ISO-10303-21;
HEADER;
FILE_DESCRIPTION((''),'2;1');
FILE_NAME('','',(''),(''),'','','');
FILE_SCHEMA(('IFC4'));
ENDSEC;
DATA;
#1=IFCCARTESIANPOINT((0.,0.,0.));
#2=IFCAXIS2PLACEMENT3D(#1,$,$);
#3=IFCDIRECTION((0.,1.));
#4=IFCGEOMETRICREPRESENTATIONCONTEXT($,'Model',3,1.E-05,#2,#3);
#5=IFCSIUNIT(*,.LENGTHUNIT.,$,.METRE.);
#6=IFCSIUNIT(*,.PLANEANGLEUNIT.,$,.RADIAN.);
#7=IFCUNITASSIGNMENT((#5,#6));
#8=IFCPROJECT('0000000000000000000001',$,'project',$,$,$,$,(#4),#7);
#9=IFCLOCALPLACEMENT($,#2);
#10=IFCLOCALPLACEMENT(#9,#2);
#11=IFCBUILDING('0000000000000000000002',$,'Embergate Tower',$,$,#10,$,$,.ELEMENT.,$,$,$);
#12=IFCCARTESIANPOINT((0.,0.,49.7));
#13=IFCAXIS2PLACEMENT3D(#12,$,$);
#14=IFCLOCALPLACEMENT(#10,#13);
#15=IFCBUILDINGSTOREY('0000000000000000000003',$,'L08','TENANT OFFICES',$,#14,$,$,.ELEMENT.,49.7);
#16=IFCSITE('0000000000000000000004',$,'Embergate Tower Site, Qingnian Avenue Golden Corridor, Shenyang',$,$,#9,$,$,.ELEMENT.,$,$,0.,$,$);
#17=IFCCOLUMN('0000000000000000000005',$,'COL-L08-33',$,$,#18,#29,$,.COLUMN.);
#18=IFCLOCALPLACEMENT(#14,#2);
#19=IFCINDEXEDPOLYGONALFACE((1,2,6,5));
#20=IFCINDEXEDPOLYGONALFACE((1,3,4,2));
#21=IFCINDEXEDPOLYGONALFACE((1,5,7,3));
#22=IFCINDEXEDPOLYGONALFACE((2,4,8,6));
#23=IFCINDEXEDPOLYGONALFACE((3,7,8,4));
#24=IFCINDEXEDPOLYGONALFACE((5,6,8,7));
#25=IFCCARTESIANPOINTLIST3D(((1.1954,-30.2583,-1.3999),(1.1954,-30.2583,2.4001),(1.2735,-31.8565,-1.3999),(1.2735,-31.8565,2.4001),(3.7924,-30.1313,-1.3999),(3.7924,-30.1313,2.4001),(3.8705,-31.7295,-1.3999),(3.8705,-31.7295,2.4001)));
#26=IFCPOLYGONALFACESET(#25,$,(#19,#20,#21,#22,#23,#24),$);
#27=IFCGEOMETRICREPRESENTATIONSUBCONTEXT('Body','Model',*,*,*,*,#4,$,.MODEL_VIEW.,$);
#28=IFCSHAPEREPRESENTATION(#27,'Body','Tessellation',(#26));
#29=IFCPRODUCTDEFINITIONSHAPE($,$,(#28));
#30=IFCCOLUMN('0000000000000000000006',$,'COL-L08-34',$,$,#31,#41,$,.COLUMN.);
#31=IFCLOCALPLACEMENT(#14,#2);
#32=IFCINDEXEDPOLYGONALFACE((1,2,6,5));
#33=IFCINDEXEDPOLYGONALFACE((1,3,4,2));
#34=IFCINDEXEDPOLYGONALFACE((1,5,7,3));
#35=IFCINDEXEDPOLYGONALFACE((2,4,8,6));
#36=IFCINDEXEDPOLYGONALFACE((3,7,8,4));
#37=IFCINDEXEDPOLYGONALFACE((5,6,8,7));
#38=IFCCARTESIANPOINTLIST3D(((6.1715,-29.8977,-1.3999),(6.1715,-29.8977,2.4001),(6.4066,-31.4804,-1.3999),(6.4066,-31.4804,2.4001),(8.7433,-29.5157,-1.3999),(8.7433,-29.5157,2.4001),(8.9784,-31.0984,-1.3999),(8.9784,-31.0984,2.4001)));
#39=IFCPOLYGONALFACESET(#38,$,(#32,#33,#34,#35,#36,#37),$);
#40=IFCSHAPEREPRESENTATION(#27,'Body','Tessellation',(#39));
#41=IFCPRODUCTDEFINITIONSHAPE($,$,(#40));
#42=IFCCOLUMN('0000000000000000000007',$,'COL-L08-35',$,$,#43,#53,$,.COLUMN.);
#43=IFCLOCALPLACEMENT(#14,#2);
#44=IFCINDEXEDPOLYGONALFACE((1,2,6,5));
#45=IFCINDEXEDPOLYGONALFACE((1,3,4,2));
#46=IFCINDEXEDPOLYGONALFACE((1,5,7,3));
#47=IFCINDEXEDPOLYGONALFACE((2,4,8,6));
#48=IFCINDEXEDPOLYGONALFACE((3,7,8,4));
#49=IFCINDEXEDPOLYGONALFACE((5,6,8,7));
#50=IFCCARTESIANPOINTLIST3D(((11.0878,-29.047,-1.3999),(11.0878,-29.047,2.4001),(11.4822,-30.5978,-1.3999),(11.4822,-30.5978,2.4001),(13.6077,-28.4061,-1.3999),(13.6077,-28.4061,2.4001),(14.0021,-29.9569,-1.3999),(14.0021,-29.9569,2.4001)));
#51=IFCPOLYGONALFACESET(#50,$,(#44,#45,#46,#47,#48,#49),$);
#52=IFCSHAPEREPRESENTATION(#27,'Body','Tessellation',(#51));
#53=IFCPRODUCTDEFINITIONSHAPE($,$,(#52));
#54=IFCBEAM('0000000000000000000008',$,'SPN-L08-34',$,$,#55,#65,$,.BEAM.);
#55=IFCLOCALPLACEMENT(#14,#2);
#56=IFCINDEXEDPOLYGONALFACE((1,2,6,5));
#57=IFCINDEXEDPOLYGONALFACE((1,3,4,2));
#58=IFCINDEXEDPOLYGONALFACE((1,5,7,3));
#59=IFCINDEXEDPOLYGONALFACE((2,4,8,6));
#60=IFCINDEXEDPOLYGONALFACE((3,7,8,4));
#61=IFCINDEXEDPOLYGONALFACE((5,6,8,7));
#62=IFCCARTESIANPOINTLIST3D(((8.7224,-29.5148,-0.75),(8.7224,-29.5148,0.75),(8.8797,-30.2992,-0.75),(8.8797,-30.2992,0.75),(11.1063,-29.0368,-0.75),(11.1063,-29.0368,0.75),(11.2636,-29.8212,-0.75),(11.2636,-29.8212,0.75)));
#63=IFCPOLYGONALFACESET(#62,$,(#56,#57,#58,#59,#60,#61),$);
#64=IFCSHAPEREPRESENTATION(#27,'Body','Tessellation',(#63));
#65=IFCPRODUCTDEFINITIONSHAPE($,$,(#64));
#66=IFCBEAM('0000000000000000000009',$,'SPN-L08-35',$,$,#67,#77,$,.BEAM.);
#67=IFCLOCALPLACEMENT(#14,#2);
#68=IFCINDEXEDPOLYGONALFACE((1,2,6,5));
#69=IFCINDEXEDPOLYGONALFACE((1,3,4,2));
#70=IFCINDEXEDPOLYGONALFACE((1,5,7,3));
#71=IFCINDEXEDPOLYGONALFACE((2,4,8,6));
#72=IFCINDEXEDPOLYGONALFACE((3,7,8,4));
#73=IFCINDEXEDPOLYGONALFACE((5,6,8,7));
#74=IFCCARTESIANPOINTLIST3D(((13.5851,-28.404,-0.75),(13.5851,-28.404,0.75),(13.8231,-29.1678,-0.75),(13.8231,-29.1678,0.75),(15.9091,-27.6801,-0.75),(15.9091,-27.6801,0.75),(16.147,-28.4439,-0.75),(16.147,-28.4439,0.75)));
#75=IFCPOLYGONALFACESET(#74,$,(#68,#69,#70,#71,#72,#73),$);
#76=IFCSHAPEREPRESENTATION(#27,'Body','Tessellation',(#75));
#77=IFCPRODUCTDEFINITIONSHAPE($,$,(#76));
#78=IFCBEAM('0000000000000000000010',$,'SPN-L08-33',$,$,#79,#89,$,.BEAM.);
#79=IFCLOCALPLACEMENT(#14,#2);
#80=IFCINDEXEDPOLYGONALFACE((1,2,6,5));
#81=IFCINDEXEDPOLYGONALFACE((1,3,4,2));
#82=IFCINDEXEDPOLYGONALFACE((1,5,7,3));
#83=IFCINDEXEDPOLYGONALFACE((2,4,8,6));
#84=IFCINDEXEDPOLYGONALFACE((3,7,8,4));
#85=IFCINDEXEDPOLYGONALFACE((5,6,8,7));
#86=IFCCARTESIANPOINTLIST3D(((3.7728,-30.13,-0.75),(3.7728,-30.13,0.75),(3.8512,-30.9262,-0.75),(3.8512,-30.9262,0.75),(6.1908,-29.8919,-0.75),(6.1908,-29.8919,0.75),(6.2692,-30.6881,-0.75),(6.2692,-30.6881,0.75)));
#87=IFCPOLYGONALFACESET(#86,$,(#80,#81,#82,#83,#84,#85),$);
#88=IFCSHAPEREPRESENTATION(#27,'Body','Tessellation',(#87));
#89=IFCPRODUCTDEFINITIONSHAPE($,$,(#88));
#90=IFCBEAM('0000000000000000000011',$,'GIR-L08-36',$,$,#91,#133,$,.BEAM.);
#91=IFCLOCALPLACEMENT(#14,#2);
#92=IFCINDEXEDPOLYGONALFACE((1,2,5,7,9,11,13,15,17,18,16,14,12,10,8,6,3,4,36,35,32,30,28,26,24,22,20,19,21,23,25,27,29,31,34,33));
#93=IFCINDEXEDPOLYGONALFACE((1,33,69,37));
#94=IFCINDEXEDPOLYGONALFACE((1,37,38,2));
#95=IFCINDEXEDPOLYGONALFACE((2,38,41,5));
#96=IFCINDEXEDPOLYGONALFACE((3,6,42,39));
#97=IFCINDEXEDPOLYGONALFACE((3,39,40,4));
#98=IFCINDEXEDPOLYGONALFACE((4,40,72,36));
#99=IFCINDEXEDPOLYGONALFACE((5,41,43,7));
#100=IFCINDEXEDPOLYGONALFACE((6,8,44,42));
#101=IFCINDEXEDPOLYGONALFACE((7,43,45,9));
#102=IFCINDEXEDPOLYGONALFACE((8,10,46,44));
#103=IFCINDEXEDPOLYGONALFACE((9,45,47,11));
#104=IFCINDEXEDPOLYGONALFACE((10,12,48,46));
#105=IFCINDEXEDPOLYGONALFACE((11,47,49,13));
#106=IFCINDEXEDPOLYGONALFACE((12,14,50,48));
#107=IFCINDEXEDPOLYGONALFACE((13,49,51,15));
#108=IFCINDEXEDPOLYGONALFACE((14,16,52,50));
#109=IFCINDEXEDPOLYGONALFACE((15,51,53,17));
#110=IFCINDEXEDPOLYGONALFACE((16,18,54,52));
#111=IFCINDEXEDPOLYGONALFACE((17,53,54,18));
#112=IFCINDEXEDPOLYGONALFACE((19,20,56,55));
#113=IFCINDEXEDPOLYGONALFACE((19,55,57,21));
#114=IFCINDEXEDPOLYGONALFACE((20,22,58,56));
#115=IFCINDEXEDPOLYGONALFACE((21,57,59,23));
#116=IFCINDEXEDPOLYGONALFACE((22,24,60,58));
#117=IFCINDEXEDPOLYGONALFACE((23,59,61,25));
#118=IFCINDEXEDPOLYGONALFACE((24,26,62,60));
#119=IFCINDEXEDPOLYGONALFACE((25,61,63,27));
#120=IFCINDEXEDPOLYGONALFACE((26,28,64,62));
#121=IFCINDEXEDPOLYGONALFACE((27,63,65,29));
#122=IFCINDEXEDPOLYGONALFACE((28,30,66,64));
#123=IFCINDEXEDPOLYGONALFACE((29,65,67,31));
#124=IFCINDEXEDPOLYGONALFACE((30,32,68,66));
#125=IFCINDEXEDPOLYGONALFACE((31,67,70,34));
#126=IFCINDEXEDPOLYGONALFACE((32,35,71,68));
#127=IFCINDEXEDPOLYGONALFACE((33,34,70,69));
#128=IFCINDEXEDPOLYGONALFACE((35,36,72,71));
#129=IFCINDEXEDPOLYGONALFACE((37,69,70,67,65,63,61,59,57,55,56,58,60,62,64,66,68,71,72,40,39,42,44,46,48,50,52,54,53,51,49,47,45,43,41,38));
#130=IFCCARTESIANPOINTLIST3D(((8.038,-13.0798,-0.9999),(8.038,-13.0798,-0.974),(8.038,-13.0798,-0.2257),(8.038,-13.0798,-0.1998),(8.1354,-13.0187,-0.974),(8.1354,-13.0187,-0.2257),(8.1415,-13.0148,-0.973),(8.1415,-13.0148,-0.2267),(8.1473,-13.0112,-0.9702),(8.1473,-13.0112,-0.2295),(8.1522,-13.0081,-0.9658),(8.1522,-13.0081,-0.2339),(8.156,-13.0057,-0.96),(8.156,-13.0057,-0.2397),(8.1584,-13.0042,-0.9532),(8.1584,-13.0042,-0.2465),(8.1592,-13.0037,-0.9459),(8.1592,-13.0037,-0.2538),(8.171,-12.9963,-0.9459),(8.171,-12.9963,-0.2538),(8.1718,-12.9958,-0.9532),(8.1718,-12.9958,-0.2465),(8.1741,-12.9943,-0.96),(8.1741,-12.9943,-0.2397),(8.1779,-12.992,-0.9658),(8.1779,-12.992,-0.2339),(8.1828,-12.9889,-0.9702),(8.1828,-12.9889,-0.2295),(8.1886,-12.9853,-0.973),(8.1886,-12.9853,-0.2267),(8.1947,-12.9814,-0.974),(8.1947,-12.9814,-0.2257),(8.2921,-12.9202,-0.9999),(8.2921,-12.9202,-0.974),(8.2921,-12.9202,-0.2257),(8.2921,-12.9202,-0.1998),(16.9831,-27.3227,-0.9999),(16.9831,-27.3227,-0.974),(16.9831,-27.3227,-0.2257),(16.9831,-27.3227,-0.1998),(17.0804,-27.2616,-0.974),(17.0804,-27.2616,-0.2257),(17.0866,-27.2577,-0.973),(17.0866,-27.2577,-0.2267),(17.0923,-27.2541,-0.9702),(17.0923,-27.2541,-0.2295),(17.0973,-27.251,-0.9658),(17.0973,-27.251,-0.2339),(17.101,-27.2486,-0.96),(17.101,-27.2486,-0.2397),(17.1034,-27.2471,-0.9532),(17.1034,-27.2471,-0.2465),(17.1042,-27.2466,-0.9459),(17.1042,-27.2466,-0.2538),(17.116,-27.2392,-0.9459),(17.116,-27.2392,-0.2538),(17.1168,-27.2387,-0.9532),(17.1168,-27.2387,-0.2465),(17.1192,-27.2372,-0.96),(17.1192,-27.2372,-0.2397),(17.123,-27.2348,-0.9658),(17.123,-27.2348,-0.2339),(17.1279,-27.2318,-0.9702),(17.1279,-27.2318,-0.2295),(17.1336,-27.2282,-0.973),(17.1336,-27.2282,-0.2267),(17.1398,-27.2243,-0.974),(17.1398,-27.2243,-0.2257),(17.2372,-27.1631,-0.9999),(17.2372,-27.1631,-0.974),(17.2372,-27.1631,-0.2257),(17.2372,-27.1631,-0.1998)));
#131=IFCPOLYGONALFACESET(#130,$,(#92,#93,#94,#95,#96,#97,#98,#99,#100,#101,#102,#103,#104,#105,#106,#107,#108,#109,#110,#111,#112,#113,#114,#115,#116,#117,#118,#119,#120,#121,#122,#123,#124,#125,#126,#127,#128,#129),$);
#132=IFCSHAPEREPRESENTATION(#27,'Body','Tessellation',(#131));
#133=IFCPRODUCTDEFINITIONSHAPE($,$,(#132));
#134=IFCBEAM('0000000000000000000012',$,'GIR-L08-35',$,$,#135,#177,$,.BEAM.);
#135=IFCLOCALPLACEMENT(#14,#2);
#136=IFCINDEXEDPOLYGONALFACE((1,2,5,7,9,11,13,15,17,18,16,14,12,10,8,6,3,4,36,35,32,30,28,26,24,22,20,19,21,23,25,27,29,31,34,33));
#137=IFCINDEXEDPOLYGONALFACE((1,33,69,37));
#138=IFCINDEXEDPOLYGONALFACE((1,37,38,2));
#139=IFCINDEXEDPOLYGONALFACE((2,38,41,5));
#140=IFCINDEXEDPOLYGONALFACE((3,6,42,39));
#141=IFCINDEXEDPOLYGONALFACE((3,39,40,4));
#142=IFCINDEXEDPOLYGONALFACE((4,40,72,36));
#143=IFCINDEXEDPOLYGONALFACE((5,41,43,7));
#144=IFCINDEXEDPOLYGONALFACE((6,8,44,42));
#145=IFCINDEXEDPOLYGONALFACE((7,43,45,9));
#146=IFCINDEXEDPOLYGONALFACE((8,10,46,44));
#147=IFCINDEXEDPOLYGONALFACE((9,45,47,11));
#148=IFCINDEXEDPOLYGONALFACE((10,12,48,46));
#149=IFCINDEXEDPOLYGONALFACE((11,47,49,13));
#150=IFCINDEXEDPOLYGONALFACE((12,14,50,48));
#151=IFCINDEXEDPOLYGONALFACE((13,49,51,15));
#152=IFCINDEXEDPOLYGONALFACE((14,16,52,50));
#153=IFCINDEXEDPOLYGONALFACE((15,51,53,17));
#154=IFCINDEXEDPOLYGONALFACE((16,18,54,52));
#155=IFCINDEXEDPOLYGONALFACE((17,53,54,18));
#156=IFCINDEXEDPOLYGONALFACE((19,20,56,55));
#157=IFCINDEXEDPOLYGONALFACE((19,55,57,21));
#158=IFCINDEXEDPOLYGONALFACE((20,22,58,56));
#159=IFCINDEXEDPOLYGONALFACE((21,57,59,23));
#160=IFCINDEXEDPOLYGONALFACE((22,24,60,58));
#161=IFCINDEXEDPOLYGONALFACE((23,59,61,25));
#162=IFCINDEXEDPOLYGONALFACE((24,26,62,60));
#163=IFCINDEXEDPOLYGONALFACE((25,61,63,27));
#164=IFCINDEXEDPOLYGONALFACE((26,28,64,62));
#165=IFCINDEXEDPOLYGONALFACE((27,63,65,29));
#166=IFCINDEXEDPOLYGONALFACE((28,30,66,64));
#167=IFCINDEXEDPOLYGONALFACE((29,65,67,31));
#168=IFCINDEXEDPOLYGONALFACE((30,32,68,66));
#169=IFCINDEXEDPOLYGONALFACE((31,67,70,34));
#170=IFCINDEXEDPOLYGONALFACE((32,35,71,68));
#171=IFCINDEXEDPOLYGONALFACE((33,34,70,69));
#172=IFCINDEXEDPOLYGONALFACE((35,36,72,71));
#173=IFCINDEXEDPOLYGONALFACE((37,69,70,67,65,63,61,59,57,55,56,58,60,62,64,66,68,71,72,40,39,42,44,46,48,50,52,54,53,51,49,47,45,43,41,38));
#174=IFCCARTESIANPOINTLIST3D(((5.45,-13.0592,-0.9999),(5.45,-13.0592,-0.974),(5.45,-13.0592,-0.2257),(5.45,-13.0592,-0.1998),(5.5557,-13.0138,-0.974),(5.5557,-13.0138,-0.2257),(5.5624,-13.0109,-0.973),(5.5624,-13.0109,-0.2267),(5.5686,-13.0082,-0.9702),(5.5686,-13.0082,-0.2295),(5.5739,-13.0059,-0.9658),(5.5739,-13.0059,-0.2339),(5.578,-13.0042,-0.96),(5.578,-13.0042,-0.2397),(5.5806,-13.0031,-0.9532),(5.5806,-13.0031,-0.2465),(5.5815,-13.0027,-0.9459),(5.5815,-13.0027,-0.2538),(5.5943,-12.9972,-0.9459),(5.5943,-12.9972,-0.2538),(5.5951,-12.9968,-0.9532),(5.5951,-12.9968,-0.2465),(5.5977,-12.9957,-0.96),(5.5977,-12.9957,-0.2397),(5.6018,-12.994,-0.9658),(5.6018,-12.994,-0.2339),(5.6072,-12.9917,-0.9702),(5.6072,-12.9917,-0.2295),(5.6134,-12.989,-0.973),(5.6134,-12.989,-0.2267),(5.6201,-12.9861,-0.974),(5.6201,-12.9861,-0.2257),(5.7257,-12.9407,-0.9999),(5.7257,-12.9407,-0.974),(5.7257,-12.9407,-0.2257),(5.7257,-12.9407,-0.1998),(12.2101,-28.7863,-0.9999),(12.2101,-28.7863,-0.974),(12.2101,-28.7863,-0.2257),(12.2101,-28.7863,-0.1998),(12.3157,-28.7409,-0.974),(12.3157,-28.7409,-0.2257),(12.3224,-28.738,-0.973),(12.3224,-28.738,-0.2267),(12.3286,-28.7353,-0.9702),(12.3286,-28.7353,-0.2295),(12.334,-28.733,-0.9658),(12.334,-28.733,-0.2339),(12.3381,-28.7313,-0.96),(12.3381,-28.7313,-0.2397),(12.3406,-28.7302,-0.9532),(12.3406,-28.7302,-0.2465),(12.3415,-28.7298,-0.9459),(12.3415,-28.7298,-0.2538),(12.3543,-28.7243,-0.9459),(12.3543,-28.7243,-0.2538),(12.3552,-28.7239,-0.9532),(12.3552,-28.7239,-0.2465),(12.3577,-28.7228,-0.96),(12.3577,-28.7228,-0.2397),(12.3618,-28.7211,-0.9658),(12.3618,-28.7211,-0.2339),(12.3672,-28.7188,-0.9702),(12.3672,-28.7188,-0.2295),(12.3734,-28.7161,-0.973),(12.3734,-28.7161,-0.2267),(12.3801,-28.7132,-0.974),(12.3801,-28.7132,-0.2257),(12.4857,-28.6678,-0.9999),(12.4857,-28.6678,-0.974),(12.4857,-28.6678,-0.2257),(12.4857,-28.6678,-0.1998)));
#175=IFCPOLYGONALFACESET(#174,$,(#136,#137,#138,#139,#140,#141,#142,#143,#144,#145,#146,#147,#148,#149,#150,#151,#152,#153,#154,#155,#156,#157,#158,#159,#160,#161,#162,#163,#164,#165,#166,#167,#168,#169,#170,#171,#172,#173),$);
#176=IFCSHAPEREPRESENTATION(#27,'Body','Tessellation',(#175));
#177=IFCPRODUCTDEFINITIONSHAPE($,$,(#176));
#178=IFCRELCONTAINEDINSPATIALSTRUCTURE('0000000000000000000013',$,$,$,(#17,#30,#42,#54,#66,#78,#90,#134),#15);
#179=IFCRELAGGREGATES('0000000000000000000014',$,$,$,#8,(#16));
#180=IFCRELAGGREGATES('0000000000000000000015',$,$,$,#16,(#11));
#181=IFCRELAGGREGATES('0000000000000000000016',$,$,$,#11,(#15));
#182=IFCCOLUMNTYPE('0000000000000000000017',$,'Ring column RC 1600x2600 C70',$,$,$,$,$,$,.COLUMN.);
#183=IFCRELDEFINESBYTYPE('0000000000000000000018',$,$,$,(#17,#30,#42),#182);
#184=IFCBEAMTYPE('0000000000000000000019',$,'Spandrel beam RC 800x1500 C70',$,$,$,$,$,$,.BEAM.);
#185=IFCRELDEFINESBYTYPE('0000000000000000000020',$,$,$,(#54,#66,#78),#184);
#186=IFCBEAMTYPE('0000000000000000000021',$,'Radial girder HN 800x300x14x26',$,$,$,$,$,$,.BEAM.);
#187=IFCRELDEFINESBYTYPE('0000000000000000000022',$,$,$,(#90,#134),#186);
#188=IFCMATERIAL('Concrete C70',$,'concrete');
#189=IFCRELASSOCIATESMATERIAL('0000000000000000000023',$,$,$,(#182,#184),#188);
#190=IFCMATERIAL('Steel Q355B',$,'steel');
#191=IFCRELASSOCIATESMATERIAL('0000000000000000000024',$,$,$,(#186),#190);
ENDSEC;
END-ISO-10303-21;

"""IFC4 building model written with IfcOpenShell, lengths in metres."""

from ifc_helpers import new_model, si_unit, direction, frame, origin, origin_2d, place, context, subcontext, project, spatial, rectangle, i_section, extrude, source, transform, mapped, material, material_profile, profile_set, type_object, element, save


model = new_model("IFC4")

# Units and contexts
model_context = context("Model", 3, precision=1e-05, world=origin(), true_north=direction((0.0, 1.0)))
body_context = subcontext(model_context, "Body", "Model", "MODEL_VIEW")
ifc_project = project(units=[si_unit("LENGTHUNIT", "METRE"), si_unit("PLANEANGLEUNIT", "RADIAN")], contexts=[model_context])

# Site, building, storey
site_placement = place(None, origin())
site = spatial("IfcSite", under=ifc_project, at=site_placement, Name="Embergate Tower Site, Qingnian Avenue Golden Corridor, Shenyang", CompositionType="ELEMENT", RefElevation=0.0)
building_placement = place(site_placement, origin())
building = spatial("IfcBuilding", under=site, at=building_placement, Name="Embergate Tower", CompositionType="ELEMENT")
storey_placement = place(building_placement, frame((0.0, 0.0, 49.7)))
storey = spatial("IfcBuildingStorey", under=building, at=storey_placement, Name="L08", Description="TENANT OFFICES", CompositionType="ELEMENT", Elevation=49.7)

# Columns
ifc_material_1 = material(Name="Concrete C70", Category="concrete")
ifc_material_profile_1 = material_profile(ifc_material_1, rectangle(XDim=1.6001, YDim=2.6001, at=origin_2d()), Name="RC 1600x2600")
ifc_profile_set_1 = profile_set([ifc_material_profile_1], Name="Concrete C70")
column_type = type_object("IfcColumnType", Name="Ring column RC 1600x2600 C70", PredefinedType="COLUMN", material=ifc_profile_set_1)
shared_shape_1 = source(origin(), body_context, "Body", "SweptSolid", [
    extrude(rectangle(XDim=1.6001, YDim=2.6001, at=origin_2d()), origin(), (0.0, 0.0, 1.0), 3.8),
])
for number, where, z_axis, x_axis, name in (
    (1, (2.533, -30.9939, -1.3999), (0.0, 0.0, 1.0), (0.048815, -0.998808, 0.0), "COL-L08-33"),
    (2, (7.575, -30.498, -1.3999), (0.0, 0.0, 1.0), (0.146929, -0.989147, 0.0), "COL-L08-34"),
    (3, (12.5449, -29.502, -1.3999), (0.0, 0.0, 1.0), (0.246492, -0.969145, 0.0), "COL-L08-35"),
):
    element("IfcColumn", number, at=place(storey_placement, frame(where, z_axis=z_axis, x_axis=x_axis)), inside=storey, type_object=column_type, Name=name, PredefinedType="COLUMN", context=body_context, shape_type="MappedRepresentation", body=[
        mapped(shared_shape_1, transform((0.0, 0.0, 0.0))),
    ])

# Beams
ifc_material_profile_2 = material_profile(ifc_material_1, rectangle(XDim=0.8, YDim=1.5, at=origin_2d()), Name="RC 800x1500")
ifc_profile_set_2 = profile_set([ifc_material_profile_2], Name="Concrete C70")
beam_type_1 = type_object("IfcBeamType", Name="Spandrel beam RC 800x1500 C70", PredefinedType="BEAM", material=ifc_profile_set_2)
shared_shape_2 = source(origin(), body_context, "Body", "SweptSolid", [
    extrude(rectangle(XDim=0.8, YDim=1.5, at=origin_2d()), origin(), (0.0, 0.0, 1.0), 2.4314),
])
beam_1_placement = place(storey_placement, frame((8.801, -29.907, 0.0), z_axis=(0.980484, 0.196599, 0.0), x_axis=(-0.196599, 0.980484, 0.0)))
element("IfcBeam", 4, at=beam_1_placement, inside=storey, type_object=beam_type_1, Name="SPN-L08-34", PredefinedType="BEAM", context=body_context, shape_type="MappedRepresentation", body=[
    mapped(shared_shape_2, transform((0.0, 0.0, 0.0))),
])
shared_shape_3 = source(origin(), body_context, "Body", "SweptSolid", [
    extrude(rectangle(XDim=0.8, YDim=1.5, at=origin_2d()), origin(), (0.0, 0.0, 1.0), 2.4341),
])
beam_2_placement = place(storey_placement, frame((13.7041, -28.7859, 0.0), z_axis=(0.954756, 0.29739, 0.0), x_axis=(-0.29739, 0.954756, 0.0)))
element("IfcBeam", 5, at=beam_2_placement, inside=storey, type_object=beam_type_1, Name="SPN-L08-35", PredefinedType="BEAM", context=body_context, shape_type="MappedRepresentation", body=[
    mapped(shared_shape_3, transform((0.0, 0.0, 0.0))),
])
shared_shape_4 = source(origin(), body_context, "Body", "SweptSolid", [
    extrude(rectangle(XDim=0.8, YDim=1.5, at=origin_2d()), origin(), (0.0, 0.0, 1.0), 2.4297),
])
beam_3_placement = place(storey_placement, frame((3.812, -30.5281, 0.0), z_axis=(0.995189, 0.097971, 0.0), x_axis=(-0.097971, 0.995189, 0.0)))
element("IfcBeam", 6, at=beam_3_placement, inside=storey, type_object=beam_type_1, Name="SPN-L08-33", PredefinedType="BEAM", context=body_context, shape_type="MappedRepresentation", body=[
    mapped(shared_shape_4, transform((0.0, 0.0, 0.0))),
])
ifc_material_2 = material(Name="Steel Q355B", Category="steel")
ifc_material_profile_3 = material_profile(ifc_material_2, i_section(OverallWidth=0.3, OverallDepth=0.8, WebThickness=0.0139, FlangeThickness=0.0259, FilletRadius=0.0281, at=origin_2d()), Name="HN 800x300x14x26")
ifc_profile_set_3 = profile_set([ifc_material_profile_3], Name="Steel Q355 grade B")
beam_type_2 = type_object("IfcBeamType", Name="Radial girder HN 800x300x14x26", PredefinedType="BEAM", material=ifc_profile_set_3)
shared_shape_5 = source(origin(), body_context, "Body", "SweptSolid", [
    extrude(i_section(OverallWidth=0.3, OverallDepth=0.8, WebThickness=0.0139, FlangeThickness=0.0259, FilletRadius=0.0281, at=origin_2d()), origin(), (0.0, 0.0, 1.0), 16.8188),
])
beam_4_placement = place(storey_placement, frame((17.1101, -27.2429, -0.5999), z_axis=(-0.531847, 0.846841, 0.0), x_axis=(-0.846841, -0.531847, 0.0)))
element("IfcBeam", 7, at=beam_4_placement, inside=storey, type_object=beam_type_2, Name="GIR-L08-36", PredefinedType="BEAM", context=body_context, shape_type="MappedRepresentation", body=[
    mapped(shared_shape_5, transform((0.0, 0.0, 0.0))),
])
shared_shape_6 = source(origin(), body_context, "Body", "SweptSolid", [
    extrude(i_section(OverallWidth=0.3, OverallDepth=0.8, WebThickness=0.0139, FlangeThickness=0.0259, FilletRadius=0.0281, at=origin_2d()), origin(), (0.0, 0.0, 1.0), 17.1184),
])
beam_5_placement = place(storey_placement, frame((12.3479, -28.7271, -0.5999), z_axis=(-0.394898, 0.918725, 0.0), x_axis=(-0.918725, -0.394898, 0.0)))
element("IfcBeam", 8, at=beam_5_placement, inside=storey, type_object=beam_type_2, Name="GIR-L08-35", PredefinedType="BEAM", context=body_context, shape_type="MappedRepresentation", body=[
    mapped(shared_shape_6, transform((0.0, 0.0, 0.0))),
])

save(model, "model.ifc")
